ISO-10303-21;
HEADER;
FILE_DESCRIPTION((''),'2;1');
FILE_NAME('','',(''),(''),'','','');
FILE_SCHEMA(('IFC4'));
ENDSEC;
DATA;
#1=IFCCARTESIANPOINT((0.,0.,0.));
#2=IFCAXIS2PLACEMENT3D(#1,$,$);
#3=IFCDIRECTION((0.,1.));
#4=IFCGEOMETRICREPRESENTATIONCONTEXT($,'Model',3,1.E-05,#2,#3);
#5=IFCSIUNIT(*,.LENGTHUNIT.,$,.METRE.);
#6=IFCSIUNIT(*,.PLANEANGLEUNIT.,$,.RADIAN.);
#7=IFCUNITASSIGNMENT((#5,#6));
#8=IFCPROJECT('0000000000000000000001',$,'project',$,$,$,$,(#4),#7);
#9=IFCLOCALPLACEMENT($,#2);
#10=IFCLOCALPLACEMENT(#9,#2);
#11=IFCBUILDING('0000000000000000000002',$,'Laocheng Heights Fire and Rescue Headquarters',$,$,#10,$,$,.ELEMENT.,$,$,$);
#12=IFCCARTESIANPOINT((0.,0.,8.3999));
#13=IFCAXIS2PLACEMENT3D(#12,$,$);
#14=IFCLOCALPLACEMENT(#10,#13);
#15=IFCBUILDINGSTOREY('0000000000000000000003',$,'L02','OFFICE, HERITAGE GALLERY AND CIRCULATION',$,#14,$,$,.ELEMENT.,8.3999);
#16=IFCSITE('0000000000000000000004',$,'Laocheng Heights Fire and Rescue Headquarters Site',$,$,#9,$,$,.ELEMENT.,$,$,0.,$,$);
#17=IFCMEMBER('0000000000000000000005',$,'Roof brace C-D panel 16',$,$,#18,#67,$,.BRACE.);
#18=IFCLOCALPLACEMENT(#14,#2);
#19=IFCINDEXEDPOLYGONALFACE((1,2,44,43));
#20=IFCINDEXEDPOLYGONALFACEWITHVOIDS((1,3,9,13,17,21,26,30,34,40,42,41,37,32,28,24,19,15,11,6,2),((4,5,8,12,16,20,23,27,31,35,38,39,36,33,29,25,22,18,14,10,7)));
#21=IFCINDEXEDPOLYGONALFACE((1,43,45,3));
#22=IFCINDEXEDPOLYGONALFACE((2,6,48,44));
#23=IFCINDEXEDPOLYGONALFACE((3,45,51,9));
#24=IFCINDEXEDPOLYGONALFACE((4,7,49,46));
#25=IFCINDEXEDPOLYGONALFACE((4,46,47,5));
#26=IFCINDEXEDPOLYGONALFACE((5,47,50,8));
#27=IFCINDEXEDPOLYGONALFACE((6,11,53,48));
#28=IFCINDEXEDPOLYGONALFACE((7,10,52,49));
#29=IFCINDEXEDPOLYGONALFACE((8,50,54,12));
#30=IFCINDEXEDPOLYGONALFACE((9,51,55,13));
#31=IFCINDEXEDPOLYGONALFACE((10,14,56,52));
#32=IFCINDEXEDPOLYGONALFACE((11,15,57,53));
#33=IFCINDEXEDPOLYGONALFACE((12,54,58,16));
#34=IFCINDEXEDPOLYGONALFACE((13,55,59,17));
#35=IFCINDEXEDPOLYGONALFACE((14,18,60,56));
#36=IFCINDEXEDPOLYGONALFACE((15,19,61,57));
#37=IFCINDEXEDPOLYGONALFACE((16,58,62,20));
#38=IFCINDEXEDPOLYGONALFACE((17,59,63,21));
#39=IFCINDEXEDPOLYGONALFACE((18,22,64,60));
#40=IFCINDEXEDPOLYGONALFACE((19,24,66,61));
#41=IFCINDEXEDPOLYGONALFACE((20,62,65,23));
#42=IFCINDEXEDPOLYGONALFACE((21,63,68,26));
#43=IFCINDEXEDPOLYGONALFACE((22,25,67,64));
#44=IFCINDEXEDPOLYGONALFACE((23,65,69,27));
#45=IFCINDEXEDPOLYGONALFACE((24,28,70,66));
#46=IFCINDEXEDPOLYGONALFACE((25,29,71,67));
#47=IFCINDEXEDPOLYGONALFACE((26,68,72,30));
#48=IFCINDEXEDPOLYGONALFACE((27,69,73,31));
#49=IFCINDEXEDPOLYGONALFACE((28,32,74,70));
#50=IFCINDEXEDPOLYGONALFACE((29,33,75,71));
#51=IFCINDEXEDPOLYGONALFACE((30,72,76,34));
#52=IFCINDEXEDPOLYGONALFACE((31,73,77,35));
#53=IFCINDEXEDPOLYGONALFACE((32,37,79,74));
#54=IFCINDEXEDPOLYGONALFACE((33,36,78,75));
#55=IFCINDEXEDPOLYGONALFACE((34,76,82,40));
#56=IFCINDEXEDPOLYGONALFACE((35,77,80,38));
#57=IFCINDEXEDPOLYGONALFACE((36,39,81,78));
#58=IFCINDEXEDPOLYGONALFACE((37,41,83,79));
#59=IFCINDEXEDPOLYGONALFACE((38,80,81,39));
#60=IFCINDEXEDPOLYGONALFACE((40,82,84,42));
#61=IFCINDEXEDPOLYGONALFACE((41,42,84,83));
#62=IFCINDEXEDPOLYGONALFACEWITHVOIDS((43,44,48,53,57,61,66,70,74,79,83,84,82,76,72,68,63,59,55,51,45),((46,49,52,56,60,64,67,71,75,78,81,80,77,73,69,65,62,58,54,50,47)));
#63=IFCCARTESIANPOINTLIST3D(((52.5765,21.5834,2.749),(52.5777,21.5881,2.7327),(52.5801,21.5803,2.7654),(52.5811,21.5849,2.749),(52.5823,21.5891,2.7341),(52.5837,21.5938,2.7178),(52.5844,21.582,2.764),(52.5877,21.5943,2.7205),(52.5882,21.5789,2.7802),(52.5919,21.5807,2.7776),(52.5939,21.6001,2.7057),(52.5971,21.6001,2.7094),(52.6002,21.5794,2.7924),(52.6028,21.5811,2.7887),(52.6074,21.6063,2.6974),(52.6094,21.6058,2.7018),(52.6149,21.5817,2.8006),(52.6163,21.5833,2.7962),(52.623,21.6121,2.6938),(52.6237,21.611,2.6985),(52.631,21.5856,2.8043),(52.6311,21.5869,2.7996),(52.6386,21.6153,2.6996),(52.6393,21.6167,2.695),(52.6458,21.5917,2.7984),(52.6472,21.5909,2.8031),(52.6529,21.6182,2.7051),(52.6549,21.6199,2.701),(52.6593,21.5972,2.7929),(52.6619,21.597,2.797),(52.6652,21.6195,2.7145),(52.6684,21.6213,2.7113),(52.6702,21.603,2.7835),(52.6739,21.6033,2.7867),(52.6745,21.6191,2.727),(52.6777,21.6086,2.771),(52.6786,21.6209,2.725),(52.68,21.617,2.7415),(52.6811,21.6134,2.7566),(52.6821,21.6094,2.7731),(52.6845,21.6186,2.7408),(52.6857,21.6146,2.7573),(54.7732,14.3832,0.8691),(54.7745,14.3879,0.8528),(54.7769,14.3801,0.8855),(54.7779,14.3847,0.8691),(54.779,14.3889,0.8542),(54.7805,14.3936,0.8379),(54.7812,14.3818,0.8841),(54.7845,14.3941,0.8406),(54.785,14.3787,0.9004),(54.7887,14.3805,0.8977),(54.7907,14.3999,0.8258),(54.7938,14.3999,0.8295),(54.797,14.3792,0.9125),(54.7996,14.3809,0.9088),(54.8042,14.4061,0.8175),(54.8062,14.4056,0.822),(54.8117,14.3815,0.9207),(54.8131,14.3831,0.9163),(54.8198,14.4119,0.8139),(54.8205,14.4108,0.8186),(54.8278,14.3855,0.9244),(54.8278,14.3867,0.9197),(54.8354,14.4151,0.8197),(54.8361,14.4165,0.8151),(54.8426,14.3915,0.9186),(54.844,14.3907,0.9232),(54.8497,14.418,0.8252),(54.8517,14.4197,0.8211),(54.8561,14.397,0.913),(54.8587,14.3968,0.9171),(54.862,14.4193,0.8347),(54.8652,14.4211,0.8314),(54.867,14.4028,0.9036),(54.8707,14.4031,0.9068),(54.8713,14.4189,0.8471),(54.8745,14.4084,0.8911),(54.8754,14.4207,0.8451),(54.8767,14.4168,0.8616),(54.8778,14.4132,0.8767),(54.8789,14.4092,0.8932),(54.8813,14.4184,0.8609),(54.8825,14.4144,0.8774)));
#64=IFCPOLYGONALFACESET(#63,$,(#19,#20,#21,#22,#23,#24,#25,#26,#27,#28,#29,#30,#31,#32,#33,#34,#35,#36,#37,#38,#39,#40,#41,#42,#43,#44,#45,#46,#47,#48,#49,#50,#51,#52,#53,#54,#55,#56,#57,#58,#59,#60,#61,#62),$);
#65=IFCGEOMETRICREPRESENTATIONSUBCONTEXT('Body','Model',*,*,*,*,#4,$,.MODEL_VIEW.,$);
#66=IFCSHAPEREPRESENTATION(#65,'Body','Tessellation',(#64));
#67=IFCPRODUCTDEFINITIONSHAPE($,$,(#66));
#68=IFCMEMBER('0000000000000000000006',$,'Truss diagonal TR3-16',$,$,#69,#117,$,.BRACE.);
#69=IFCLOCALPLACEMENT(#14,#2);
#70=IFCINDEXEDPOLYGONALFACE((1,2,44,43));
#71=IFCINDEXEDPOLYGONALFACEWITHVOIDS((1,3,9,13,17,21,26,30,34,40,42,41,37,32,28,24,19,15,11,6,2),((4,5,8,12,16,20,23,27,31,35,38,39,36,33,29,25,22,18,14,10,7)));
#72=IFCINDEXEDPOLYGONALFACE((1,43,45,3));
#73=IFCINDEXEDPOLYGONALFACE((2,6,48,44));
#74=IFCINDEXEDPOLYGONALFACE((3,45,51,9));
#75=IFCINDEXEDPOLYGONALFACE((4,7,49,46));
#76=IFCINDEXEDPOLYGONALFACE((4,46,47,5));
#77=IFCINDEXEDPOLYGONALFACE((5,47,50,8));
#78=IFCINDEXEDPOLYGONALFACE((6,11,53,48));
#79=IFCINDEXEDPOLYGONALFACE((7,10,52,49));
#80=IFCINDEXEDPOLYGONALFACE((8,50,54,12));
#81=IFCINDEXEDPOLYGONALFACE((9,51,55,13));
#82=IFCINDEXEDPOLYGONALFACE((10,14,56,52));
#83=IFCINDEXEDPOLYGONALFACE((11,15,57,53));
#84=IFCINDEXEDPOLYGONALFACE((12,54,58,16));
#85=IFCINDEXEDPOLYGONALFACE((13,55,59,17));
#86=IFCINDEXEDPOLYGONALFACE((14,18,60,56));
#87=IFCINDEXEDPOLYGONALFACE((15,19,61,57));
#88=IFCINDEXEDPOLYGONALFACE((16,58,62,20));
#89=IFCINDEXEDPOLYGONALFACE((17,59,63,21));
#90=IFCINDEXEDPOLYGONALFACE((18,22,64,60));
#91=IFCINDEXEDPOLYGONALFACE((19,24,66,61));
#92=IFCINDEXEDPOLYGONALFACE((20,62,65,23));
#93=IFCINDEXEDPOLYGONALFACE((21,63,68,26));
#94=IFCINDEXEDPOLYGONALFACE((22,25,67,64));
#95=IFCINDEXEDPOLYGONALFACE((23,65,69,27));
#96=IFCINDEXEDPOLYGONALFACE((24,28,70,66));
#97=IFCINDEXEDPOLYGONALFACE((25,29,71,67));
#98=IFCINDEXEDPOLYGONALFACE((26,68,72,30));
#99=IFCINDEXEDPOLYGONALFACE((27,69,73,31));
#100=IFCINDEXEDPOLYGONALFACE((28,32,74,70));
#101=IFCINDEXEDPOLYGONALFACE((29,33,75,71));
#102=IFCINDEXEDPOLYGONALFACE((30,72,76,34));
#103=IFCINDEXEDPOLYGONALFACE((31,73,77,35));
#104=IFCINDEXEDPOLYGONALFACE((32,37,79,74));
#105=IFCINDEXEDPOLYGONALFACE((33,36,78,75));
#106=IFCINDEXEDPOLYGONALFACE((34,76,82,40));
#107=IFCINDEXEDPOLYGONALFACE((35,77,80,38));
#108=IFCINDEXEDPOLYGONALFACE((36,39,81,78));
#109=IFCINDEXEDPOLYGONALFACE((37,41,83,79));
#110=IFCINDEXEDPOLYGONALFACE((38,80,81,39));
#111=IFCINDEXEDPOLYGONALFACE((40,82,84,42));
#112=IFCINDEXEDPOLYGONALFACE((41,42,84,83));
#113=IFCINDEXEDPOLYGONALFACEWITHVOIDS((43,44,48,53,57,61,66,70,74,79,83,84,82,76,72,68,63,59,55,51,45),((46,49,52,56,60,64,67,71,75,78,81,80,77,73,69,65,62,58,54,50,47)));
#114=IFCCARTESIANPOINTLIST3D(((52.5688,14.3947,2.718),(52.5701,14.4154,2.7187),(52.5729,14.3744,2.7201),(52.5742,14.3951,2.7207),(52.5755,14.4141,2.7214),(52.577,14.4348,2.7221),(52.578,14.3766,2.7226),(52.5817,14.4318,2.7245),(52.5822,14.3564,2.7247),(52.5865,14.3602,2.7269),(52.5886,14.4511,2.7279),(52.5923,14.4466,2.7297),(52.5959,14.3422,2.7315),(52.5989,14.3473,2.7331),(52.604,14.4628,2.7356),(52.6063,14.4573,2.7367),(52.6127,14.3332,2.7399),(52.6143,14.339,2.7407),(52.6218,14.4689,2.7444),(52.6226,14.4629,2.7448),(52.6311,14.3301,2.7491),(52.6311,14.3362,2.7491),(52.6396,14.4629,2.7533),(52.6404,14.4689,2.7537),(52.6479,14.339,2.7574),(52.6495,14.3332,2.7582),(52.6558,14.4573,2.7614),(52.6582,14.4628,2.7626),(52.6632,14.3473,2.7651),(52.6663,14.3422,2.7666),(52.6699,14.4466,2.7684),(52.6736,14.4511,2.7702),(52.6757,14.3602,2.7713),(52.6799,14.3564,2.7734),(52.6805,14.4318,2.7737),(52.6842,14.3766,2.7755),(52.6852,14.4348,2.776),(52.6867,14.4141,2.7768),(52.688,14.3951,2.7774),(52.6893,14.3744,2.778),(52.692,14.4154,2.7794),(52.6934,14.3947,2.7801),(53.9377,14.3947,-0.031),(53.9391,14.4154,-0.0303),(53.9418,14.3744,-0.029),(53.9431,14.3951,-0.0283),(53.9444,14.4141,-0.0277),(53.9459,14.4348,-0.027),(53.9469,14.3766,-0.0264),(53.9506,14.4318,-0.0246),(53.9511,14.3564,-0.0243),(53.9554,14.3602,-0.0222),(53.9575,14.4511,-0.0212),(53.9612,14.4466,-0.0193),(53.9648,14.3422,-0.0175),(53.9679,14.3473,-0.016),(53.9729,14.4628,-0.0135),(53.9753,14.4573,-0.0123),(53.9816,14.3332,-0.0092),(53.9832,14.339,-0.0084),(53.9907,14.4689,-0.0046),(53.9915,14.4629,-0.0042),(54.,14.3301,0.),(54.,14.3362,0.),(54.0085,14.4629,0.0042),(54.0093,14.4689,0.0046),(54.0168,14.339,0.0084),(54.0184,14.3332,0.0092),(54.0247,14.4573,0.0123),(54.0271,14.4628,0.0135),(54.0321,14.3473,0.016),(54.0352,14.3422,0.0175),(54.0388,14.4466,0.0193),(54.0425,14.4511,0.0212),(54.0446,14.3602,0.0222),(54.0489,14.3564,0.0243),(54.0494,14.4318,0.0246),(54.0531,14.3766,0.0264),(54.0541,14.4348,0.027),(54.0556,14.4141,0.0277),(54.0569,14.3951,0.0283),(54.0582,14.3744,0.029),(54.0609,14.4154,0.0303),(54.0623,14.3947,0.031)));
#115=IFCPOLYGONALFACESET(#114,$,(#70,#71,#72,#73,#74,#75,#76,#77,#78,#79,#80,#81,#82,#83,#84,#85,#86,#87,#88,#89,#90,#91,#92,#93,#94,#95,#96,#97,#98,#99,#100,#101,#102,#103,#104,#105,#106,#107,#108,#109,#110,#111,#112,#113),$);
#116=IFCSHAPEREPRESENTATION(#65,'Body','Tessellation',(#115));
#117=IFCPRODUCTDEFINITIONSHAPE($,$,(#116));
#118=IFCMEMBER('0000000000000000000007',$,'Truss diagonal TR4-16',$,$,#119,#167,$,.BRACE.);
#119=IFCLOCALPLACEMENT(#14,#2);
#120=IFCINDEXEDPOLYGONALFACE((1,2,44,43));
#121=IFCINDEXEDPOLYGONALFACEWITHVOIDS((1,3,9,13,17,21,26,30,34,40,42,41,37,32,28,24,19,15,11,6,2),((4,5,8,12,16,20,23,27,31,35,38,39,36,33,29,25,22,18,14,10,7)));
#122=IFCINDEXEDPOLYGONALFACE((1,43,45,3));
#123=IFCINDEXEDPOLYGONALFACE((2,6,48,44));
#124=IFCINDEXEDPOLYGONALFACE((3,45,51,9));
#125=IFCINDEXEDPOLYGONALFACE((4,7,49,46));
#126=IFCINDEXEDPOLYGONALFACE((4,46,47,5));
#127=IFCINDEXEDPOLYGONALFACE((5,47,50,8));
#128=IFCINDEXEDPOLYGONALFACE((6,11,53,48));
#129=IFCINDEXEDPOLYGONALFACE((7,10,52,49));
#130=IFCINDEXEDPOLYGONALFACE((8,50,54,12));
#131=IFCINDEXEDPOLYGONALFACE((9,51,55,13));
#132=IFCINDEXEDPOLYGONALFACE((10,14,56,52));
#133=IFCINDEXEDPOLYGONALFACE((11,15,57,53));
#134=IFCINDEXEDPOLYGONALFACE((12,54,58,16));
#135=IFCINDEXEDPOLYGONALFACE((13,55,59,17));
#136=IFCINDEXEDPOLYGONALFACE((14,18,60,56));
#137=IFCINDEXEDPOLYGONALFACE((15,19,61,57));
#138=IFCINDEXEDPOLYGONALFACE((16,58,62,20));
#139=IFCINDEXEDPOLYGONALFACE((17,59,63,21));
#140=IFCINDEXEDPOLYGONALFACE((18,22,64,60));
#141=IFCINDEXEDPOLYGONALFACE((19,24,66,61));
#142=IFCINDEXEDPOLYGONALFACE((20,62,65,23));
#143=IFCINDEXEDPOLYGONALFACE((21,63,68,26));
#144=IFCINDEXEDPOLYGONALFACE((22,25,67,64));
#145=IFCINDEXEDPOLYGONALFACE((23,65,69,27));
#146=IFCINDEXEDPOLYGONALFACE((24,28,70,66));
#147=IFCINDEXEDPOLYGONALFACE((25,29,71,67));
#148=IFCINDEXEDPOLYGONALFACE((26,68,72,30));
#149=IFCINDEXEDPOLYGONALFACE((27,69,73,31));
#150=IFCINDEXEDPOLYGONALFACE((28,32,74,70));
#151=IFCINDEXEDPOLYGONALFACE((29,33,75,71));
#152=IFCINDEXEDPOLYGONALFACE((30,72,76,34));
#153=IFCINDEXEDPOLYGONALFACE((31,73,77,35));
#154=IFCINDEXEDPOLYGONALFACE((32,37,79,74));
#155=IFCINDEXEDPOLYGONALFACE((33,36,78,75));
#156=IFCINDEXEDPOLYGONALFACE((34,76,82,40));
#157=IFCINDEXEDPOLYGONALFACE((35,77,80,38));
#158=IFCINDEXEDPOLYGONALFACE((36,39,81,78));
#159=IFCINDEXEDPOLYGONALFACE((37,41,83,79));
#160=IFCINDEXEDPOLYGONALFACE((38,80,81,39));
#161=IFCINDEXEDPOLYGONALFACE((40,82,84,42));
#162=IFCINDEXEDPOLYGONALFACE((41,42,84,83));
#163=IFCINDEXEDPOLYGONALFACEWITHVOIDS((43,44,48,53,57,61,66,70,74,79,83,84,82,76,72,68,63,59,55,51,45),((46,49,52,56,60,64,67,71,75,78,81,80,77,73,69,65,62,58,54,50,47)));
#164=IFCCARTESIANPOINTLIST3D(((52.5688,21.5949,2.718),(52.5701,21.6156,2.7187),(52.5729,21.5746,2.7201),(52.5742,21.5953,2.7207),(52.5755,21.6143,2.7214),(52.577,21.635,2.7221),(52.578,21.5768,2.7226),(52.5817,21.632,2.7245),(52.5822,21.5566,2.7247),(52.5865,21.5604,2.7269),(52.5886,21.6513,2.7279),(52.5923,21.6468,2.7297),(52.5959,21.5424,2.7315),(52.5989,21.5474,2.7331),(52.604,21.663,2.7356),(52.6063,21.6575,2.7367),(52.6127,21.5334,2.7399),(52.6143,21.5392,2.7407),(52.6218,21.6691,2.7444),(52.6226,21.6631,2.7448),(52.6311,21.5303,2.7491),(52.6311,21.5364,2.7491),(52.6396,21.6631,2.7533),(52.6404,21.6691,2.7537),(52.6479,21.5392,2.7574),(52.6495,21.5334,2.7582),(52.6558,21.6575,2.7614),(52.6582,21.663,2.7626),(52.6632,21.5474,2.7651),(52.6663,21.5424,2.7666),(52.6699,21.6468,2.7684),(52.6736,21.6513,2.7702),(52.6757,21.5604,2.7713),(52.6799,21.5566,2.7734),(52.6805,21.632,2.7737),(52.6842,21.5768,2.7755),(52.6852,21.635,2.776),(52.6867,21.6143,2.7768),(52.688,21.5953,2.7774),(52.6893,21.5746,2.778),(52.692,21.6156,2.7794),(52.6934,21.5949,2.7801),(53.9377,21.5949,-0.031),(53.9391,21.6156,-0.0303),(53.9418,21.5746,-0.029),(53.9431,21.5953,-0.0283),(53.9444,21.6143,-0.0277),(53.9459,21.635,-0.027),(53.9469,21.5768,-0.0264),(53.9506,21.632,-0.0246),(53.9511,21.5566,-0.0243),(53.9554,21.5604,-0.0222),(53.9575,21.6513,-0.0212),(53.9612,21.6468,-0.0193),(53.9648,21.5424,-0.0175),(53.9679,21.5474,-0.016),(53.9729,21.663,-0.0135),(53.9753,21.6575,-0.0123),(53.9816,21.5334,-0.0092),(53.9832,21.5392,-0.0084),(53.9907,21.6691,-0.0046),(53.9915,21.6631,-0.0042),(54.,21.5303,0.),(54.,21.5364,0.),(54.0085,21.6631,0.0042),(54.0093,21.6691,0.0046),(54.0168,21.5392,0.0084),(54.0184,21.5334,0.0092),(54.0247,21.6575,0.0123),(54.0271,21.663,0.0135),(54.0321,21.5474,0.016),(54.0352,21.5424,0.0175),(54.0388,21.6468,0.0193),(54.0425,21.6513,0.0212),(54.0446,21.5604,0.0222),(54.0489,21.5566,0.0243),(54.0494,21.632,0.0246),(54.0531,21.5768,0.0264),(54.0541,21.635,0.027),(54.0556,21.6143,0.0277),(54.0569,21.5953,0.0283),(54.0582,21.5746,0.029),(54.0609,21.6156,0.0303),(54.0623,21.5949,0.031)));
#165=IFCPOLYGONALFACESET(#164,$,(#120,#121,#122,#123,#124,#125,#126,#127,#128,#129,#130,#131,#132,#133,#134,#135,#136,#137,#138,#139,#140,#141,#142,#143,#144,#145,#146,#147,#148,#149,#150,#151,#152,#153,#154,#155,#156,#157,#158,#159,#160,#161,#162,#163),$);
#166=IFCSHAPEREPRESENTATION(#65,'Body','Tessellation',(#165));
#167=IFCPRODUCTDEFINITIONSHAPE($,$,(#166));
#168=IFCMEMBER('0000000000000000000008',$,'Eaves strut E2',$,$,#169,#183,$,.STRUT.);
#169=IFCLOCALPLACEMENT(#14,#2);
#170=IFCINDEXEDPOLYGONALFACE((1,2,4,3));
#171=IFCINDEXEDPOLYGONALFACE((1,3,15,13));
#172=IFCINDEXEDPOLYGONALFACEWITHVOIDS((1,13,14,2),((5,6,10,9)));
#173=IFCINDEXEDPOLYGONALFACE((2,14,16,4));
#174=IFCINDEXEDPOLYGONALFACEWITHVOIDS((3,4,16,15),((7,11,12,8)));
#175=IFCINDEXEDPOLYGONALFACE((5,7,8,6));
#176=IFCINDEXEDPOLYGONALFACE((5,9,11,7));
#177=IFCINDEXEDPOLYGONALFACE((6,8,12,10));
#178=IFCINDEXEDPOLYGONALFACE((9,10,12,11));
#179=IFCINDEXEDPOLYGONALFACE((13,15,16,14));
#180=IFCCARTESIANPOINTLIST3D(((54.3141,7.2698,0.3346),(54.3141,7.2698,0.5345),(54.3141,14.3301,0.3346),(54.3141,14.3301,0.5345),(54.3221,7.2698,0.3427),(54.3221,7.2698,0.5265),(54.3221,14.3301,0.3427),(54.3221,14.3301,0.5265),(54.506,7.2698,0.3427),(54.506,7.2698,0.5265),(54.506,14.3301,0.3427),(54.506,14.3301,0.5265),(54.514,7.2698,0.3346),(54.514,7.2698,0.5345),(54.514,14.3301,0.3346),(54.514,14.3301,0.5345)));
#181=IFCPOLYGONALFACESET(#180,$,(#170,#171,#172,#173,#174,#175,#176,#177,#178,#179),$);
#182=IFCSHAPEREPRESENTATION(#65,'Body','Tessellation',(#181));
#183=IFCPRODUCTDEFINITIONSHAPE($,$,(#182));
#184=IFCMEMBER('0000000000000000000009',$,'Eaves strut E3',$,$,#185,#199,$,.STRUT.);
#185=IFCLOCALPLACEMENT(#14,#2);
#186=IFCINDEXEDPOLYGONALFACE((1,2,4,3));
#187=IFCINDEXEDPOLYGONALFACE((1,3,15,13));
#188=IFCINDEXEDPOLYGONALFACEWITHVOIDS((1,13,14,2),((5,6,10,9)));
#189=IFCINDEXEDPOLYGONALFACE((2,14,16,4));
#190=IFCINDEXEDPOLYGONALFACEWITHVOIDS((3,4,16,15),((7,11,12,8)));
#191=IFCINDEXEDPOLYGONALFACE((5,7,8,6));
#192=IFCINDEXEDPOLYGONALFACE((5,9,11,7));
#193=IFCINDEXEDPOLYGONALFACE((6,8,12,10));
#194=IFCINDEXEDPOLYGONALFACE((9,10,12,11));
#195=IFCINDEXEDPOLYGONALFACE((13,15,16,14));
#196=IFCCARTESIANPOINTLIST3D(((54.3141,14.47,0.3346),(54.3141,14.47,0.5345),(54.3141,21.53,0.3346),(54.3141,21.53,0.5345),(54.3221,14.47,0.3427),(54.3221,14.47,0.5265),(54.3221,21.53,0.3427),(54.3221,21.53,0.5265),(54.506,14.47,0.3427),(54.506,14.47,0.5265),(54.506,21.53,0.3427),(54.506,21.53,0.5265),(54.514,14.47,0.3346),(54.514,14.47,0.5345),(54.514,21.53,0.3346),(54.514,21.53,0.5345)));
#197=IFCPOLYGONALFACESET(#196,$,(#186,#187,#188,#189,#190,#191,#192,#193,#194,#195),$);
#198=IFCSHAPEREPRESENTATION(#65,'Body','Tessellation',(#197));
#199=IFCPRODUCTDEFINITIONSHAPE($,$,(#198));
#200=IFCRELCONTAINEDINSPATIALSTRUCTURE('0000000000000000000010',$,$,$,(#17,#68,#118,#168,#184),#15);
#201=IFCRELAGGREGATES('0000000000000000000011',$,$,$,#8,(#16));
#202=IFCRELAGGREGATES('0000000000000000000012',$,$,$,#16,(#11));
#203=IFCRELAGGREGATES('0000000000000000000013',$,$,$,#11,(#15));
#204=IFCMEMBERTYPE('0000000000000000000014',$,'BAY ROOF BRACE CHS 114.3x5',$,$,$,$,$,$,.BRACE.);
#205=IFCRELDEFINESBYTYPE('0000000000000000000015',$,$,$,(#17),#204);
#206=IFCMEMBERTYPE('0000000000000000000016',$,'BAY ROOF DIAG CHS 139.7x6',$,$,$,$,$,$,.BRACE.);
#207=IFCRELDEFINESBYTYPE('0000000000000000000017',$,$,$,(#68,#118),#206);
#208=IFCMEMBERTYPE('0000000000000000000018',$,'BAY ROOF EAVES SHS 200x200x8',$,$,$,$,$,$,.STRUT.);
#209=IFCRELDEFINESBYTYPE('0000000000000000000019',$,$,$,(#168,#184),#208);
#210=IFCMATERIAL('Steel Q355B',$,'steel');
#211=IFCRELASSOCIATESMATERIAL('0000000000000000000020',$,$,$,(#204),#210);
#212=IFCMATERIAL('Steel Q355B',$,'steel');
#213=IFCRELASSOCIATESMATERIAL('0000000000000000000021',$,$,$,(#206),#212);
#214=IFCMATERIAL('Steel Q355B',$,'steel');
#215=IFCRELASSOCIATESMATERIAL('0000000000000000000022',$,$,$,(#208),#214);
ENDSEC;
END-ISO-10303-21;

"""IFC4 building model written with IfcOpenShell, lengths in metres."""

from ifc_helpers import new_model, si_unit, direction, frame, origin, origin_2d, place, context, subcontext, project, spatial, hollow_rectangle, hollow_circle, extrude, material, material_profile, profile_set, type_object, element, save


model = new_model("IFC4")

# Units and contexts
model_context = context("Model", 3, precision=1e-05, world=origin(), true_north=direction((0.0, 1.0)))
body_context = subcontext(model_context, "Body", "Model", "MODEL_VIEW")
ifc_project = project(units=[si_unit("LENGTHUNIT", "METRE"), si_unit("PLANEANGLEUNIT", "RADIAN")], contexts=[model_context])

# Site, building, storey
site_placement = place(None, origin())
site = spatial("IfcSite", under=ifc_project, at=site_placement, Name="Laocheng Heights Fire and Rescue Headquarters Site", CompositionType="ELEMENT", RefElevation=0.0)
building_placement = place(site_placement, origin())
building = spatial("IfcBuilding", under=site, at=building_placement, Name="Laocheng Heights Fire and Rescue Headquarters", CompositionType="ELEMENT")
storey_placement = place(building_placement, frame((0.0, 0.0, 8.3999)))
storey = spatial("IfcBuildingStorey", under=building, at=storey_placement, Name="L02", Description="OFFICE, HERITAGE GALLERY AND CIRCULATION", CompositionType="ELEMENT", Elevation=8.3999)

# Members
ifc_material_1 = material(Name="Steel Q355B", Category="steel")
ifc_material_profile_1 = material_profile(ifc_material_1, hollow_circle(Radius=0.0571, WallThickness=0.0049, at=origin_2d()), Name="CHS 114.3x5")
ifc_profile_set_1 = profile_set([ifc_material_profile_1], Name="Steel Q355B")
member_type_1 = type_object("IfcMemberType", Name="BAY ROOF BRACE CHS 114.3x5", PredefinedType="BRACE", material=ifc_profile_set_1)
member_1_placement = place(storey_placement, frame((54.8279, 14.3999, 0.8691), z_axis=(-0.283125, 0.927976, 0.242283), x_axis=(-0.956473, -0.29182, 0.0)))
element("IfcMember", 1, at=member_1_placement, inside=storey, type_object=member_type_1, Name="Roof brace C-D panel 16", PredefinedType="BRACE", context=body_context, shape_type="SweptSolid", body=[
    extrude(hollow_circle(Radius=0.0571, WallThickness=0.0049, at=origin_2d()), origin(), (0.0, 0.0, 1.0), 7.759),
])
ifc_material_2 = material(Name="Steel Q355B", Category="steel")
ifc_material_profile_2 = material_profile(ifc_material_2, hollow_circle(Radius=0.0698, WallThickness=0.0061, at=origin_2d()), Name="CHS 139.7x6")
ifc_profile_set_2 = profile_set([ifc_material_profile_2], Name="Steel Q355B")
member_type_2 = type_object("IfcMemberType", Name="BAY ROOF DIAG CHS 139.7x6", PredefinedType="BRACE", material=ifc_profile_set_2)
for number, where, z_axis, x_axis, name in (
    (2, (54.0, 14.3999, 0.0), (-0.44575, 0.0, 0.895157), (0.0, -1.0, 0.0), "Truss diagonal TR3-16"),
    (3, (54.0, 21.6001, 0.0), (-0.44575, 0.0, 0.895157), (0.0, -1.0, 0.0), "Truss diagonal TR4-16"),
):
    element("IfcMember", number, at=place(storey_placement, frame(where, z_axis=z_axis, x_axis=x_axis)), inside=storey, type_object=member_type_2, Name=name, PredefinedType="BRACE", context=body_context, shape_type="SweptSolid", body=[
        extrude(hollow_circle(Radius=0.0698, WallThickness=0.0061, at=origin_2d()), origin(), (0.0, 0.0, 1.0), 3.071),
    ])
ifc_material_3 = material(Name="Steel Q355B", Category="steel")
ifc_material_profile_3 = material_profile(ifc_material_3, hollow_rectangle(XDim=0.2, YDim=0.2, WallThickness=0.0081, at=origin_2d()), Name="SHS 200x200x8")
ifc_profile_set_3 = profile_set([ifc_material_profile_3], Name="Steel Q355B")
member_type_3 = type_object("IfcMemberType", Name="BAY ROOF EAVES SHS 200x200x8", PredefinedType="STRUT", material=ifc_profile_set_3)
member_2_placement = place(storey_placement, frame((54.4141, 7.2698, 0.4346), z_axis=(0.0, 1.0, 0.0), x_axis=(-1.0, 0.0, 0.0)))
element("IfcMember", 4, at=member_2_placement, inside=storey, type_object=member_type_3, Name="Eaves strut E2", PredefinedType="STRUT", context=body_context, shape_type="SweptSolid", body=[
    extrude(hollow_rectangle(XDim=0.2, YDim=0.2, WallThickness=0.0081, at=origin_2d()), origin(), (0.0, 0.0, 1.0), 7.0603),
])
member_3_placement = place(storey_placement, frame((54.4141, 14.47, 0.4346), z_axis=(0.0, 1.0, 0.0), x_axis=(-1.0, 0.0, 0.0)))
element("IfcMember", 5, at=member_3_placement, inside=storey, type_object=member_type_3, Name="Eaves strut E3", PredefinedType="STRUT", context=body_context, shape_type="SweptSolid", body=[
    extrude(hollow_rectangle(XDim=0.2, YDim=0.2, WallThickness=0.0081, at=origin_2d()), origin(), (0.0, 0.0, 1.0), 7.0601),
])

save(model, "model.ifc")
